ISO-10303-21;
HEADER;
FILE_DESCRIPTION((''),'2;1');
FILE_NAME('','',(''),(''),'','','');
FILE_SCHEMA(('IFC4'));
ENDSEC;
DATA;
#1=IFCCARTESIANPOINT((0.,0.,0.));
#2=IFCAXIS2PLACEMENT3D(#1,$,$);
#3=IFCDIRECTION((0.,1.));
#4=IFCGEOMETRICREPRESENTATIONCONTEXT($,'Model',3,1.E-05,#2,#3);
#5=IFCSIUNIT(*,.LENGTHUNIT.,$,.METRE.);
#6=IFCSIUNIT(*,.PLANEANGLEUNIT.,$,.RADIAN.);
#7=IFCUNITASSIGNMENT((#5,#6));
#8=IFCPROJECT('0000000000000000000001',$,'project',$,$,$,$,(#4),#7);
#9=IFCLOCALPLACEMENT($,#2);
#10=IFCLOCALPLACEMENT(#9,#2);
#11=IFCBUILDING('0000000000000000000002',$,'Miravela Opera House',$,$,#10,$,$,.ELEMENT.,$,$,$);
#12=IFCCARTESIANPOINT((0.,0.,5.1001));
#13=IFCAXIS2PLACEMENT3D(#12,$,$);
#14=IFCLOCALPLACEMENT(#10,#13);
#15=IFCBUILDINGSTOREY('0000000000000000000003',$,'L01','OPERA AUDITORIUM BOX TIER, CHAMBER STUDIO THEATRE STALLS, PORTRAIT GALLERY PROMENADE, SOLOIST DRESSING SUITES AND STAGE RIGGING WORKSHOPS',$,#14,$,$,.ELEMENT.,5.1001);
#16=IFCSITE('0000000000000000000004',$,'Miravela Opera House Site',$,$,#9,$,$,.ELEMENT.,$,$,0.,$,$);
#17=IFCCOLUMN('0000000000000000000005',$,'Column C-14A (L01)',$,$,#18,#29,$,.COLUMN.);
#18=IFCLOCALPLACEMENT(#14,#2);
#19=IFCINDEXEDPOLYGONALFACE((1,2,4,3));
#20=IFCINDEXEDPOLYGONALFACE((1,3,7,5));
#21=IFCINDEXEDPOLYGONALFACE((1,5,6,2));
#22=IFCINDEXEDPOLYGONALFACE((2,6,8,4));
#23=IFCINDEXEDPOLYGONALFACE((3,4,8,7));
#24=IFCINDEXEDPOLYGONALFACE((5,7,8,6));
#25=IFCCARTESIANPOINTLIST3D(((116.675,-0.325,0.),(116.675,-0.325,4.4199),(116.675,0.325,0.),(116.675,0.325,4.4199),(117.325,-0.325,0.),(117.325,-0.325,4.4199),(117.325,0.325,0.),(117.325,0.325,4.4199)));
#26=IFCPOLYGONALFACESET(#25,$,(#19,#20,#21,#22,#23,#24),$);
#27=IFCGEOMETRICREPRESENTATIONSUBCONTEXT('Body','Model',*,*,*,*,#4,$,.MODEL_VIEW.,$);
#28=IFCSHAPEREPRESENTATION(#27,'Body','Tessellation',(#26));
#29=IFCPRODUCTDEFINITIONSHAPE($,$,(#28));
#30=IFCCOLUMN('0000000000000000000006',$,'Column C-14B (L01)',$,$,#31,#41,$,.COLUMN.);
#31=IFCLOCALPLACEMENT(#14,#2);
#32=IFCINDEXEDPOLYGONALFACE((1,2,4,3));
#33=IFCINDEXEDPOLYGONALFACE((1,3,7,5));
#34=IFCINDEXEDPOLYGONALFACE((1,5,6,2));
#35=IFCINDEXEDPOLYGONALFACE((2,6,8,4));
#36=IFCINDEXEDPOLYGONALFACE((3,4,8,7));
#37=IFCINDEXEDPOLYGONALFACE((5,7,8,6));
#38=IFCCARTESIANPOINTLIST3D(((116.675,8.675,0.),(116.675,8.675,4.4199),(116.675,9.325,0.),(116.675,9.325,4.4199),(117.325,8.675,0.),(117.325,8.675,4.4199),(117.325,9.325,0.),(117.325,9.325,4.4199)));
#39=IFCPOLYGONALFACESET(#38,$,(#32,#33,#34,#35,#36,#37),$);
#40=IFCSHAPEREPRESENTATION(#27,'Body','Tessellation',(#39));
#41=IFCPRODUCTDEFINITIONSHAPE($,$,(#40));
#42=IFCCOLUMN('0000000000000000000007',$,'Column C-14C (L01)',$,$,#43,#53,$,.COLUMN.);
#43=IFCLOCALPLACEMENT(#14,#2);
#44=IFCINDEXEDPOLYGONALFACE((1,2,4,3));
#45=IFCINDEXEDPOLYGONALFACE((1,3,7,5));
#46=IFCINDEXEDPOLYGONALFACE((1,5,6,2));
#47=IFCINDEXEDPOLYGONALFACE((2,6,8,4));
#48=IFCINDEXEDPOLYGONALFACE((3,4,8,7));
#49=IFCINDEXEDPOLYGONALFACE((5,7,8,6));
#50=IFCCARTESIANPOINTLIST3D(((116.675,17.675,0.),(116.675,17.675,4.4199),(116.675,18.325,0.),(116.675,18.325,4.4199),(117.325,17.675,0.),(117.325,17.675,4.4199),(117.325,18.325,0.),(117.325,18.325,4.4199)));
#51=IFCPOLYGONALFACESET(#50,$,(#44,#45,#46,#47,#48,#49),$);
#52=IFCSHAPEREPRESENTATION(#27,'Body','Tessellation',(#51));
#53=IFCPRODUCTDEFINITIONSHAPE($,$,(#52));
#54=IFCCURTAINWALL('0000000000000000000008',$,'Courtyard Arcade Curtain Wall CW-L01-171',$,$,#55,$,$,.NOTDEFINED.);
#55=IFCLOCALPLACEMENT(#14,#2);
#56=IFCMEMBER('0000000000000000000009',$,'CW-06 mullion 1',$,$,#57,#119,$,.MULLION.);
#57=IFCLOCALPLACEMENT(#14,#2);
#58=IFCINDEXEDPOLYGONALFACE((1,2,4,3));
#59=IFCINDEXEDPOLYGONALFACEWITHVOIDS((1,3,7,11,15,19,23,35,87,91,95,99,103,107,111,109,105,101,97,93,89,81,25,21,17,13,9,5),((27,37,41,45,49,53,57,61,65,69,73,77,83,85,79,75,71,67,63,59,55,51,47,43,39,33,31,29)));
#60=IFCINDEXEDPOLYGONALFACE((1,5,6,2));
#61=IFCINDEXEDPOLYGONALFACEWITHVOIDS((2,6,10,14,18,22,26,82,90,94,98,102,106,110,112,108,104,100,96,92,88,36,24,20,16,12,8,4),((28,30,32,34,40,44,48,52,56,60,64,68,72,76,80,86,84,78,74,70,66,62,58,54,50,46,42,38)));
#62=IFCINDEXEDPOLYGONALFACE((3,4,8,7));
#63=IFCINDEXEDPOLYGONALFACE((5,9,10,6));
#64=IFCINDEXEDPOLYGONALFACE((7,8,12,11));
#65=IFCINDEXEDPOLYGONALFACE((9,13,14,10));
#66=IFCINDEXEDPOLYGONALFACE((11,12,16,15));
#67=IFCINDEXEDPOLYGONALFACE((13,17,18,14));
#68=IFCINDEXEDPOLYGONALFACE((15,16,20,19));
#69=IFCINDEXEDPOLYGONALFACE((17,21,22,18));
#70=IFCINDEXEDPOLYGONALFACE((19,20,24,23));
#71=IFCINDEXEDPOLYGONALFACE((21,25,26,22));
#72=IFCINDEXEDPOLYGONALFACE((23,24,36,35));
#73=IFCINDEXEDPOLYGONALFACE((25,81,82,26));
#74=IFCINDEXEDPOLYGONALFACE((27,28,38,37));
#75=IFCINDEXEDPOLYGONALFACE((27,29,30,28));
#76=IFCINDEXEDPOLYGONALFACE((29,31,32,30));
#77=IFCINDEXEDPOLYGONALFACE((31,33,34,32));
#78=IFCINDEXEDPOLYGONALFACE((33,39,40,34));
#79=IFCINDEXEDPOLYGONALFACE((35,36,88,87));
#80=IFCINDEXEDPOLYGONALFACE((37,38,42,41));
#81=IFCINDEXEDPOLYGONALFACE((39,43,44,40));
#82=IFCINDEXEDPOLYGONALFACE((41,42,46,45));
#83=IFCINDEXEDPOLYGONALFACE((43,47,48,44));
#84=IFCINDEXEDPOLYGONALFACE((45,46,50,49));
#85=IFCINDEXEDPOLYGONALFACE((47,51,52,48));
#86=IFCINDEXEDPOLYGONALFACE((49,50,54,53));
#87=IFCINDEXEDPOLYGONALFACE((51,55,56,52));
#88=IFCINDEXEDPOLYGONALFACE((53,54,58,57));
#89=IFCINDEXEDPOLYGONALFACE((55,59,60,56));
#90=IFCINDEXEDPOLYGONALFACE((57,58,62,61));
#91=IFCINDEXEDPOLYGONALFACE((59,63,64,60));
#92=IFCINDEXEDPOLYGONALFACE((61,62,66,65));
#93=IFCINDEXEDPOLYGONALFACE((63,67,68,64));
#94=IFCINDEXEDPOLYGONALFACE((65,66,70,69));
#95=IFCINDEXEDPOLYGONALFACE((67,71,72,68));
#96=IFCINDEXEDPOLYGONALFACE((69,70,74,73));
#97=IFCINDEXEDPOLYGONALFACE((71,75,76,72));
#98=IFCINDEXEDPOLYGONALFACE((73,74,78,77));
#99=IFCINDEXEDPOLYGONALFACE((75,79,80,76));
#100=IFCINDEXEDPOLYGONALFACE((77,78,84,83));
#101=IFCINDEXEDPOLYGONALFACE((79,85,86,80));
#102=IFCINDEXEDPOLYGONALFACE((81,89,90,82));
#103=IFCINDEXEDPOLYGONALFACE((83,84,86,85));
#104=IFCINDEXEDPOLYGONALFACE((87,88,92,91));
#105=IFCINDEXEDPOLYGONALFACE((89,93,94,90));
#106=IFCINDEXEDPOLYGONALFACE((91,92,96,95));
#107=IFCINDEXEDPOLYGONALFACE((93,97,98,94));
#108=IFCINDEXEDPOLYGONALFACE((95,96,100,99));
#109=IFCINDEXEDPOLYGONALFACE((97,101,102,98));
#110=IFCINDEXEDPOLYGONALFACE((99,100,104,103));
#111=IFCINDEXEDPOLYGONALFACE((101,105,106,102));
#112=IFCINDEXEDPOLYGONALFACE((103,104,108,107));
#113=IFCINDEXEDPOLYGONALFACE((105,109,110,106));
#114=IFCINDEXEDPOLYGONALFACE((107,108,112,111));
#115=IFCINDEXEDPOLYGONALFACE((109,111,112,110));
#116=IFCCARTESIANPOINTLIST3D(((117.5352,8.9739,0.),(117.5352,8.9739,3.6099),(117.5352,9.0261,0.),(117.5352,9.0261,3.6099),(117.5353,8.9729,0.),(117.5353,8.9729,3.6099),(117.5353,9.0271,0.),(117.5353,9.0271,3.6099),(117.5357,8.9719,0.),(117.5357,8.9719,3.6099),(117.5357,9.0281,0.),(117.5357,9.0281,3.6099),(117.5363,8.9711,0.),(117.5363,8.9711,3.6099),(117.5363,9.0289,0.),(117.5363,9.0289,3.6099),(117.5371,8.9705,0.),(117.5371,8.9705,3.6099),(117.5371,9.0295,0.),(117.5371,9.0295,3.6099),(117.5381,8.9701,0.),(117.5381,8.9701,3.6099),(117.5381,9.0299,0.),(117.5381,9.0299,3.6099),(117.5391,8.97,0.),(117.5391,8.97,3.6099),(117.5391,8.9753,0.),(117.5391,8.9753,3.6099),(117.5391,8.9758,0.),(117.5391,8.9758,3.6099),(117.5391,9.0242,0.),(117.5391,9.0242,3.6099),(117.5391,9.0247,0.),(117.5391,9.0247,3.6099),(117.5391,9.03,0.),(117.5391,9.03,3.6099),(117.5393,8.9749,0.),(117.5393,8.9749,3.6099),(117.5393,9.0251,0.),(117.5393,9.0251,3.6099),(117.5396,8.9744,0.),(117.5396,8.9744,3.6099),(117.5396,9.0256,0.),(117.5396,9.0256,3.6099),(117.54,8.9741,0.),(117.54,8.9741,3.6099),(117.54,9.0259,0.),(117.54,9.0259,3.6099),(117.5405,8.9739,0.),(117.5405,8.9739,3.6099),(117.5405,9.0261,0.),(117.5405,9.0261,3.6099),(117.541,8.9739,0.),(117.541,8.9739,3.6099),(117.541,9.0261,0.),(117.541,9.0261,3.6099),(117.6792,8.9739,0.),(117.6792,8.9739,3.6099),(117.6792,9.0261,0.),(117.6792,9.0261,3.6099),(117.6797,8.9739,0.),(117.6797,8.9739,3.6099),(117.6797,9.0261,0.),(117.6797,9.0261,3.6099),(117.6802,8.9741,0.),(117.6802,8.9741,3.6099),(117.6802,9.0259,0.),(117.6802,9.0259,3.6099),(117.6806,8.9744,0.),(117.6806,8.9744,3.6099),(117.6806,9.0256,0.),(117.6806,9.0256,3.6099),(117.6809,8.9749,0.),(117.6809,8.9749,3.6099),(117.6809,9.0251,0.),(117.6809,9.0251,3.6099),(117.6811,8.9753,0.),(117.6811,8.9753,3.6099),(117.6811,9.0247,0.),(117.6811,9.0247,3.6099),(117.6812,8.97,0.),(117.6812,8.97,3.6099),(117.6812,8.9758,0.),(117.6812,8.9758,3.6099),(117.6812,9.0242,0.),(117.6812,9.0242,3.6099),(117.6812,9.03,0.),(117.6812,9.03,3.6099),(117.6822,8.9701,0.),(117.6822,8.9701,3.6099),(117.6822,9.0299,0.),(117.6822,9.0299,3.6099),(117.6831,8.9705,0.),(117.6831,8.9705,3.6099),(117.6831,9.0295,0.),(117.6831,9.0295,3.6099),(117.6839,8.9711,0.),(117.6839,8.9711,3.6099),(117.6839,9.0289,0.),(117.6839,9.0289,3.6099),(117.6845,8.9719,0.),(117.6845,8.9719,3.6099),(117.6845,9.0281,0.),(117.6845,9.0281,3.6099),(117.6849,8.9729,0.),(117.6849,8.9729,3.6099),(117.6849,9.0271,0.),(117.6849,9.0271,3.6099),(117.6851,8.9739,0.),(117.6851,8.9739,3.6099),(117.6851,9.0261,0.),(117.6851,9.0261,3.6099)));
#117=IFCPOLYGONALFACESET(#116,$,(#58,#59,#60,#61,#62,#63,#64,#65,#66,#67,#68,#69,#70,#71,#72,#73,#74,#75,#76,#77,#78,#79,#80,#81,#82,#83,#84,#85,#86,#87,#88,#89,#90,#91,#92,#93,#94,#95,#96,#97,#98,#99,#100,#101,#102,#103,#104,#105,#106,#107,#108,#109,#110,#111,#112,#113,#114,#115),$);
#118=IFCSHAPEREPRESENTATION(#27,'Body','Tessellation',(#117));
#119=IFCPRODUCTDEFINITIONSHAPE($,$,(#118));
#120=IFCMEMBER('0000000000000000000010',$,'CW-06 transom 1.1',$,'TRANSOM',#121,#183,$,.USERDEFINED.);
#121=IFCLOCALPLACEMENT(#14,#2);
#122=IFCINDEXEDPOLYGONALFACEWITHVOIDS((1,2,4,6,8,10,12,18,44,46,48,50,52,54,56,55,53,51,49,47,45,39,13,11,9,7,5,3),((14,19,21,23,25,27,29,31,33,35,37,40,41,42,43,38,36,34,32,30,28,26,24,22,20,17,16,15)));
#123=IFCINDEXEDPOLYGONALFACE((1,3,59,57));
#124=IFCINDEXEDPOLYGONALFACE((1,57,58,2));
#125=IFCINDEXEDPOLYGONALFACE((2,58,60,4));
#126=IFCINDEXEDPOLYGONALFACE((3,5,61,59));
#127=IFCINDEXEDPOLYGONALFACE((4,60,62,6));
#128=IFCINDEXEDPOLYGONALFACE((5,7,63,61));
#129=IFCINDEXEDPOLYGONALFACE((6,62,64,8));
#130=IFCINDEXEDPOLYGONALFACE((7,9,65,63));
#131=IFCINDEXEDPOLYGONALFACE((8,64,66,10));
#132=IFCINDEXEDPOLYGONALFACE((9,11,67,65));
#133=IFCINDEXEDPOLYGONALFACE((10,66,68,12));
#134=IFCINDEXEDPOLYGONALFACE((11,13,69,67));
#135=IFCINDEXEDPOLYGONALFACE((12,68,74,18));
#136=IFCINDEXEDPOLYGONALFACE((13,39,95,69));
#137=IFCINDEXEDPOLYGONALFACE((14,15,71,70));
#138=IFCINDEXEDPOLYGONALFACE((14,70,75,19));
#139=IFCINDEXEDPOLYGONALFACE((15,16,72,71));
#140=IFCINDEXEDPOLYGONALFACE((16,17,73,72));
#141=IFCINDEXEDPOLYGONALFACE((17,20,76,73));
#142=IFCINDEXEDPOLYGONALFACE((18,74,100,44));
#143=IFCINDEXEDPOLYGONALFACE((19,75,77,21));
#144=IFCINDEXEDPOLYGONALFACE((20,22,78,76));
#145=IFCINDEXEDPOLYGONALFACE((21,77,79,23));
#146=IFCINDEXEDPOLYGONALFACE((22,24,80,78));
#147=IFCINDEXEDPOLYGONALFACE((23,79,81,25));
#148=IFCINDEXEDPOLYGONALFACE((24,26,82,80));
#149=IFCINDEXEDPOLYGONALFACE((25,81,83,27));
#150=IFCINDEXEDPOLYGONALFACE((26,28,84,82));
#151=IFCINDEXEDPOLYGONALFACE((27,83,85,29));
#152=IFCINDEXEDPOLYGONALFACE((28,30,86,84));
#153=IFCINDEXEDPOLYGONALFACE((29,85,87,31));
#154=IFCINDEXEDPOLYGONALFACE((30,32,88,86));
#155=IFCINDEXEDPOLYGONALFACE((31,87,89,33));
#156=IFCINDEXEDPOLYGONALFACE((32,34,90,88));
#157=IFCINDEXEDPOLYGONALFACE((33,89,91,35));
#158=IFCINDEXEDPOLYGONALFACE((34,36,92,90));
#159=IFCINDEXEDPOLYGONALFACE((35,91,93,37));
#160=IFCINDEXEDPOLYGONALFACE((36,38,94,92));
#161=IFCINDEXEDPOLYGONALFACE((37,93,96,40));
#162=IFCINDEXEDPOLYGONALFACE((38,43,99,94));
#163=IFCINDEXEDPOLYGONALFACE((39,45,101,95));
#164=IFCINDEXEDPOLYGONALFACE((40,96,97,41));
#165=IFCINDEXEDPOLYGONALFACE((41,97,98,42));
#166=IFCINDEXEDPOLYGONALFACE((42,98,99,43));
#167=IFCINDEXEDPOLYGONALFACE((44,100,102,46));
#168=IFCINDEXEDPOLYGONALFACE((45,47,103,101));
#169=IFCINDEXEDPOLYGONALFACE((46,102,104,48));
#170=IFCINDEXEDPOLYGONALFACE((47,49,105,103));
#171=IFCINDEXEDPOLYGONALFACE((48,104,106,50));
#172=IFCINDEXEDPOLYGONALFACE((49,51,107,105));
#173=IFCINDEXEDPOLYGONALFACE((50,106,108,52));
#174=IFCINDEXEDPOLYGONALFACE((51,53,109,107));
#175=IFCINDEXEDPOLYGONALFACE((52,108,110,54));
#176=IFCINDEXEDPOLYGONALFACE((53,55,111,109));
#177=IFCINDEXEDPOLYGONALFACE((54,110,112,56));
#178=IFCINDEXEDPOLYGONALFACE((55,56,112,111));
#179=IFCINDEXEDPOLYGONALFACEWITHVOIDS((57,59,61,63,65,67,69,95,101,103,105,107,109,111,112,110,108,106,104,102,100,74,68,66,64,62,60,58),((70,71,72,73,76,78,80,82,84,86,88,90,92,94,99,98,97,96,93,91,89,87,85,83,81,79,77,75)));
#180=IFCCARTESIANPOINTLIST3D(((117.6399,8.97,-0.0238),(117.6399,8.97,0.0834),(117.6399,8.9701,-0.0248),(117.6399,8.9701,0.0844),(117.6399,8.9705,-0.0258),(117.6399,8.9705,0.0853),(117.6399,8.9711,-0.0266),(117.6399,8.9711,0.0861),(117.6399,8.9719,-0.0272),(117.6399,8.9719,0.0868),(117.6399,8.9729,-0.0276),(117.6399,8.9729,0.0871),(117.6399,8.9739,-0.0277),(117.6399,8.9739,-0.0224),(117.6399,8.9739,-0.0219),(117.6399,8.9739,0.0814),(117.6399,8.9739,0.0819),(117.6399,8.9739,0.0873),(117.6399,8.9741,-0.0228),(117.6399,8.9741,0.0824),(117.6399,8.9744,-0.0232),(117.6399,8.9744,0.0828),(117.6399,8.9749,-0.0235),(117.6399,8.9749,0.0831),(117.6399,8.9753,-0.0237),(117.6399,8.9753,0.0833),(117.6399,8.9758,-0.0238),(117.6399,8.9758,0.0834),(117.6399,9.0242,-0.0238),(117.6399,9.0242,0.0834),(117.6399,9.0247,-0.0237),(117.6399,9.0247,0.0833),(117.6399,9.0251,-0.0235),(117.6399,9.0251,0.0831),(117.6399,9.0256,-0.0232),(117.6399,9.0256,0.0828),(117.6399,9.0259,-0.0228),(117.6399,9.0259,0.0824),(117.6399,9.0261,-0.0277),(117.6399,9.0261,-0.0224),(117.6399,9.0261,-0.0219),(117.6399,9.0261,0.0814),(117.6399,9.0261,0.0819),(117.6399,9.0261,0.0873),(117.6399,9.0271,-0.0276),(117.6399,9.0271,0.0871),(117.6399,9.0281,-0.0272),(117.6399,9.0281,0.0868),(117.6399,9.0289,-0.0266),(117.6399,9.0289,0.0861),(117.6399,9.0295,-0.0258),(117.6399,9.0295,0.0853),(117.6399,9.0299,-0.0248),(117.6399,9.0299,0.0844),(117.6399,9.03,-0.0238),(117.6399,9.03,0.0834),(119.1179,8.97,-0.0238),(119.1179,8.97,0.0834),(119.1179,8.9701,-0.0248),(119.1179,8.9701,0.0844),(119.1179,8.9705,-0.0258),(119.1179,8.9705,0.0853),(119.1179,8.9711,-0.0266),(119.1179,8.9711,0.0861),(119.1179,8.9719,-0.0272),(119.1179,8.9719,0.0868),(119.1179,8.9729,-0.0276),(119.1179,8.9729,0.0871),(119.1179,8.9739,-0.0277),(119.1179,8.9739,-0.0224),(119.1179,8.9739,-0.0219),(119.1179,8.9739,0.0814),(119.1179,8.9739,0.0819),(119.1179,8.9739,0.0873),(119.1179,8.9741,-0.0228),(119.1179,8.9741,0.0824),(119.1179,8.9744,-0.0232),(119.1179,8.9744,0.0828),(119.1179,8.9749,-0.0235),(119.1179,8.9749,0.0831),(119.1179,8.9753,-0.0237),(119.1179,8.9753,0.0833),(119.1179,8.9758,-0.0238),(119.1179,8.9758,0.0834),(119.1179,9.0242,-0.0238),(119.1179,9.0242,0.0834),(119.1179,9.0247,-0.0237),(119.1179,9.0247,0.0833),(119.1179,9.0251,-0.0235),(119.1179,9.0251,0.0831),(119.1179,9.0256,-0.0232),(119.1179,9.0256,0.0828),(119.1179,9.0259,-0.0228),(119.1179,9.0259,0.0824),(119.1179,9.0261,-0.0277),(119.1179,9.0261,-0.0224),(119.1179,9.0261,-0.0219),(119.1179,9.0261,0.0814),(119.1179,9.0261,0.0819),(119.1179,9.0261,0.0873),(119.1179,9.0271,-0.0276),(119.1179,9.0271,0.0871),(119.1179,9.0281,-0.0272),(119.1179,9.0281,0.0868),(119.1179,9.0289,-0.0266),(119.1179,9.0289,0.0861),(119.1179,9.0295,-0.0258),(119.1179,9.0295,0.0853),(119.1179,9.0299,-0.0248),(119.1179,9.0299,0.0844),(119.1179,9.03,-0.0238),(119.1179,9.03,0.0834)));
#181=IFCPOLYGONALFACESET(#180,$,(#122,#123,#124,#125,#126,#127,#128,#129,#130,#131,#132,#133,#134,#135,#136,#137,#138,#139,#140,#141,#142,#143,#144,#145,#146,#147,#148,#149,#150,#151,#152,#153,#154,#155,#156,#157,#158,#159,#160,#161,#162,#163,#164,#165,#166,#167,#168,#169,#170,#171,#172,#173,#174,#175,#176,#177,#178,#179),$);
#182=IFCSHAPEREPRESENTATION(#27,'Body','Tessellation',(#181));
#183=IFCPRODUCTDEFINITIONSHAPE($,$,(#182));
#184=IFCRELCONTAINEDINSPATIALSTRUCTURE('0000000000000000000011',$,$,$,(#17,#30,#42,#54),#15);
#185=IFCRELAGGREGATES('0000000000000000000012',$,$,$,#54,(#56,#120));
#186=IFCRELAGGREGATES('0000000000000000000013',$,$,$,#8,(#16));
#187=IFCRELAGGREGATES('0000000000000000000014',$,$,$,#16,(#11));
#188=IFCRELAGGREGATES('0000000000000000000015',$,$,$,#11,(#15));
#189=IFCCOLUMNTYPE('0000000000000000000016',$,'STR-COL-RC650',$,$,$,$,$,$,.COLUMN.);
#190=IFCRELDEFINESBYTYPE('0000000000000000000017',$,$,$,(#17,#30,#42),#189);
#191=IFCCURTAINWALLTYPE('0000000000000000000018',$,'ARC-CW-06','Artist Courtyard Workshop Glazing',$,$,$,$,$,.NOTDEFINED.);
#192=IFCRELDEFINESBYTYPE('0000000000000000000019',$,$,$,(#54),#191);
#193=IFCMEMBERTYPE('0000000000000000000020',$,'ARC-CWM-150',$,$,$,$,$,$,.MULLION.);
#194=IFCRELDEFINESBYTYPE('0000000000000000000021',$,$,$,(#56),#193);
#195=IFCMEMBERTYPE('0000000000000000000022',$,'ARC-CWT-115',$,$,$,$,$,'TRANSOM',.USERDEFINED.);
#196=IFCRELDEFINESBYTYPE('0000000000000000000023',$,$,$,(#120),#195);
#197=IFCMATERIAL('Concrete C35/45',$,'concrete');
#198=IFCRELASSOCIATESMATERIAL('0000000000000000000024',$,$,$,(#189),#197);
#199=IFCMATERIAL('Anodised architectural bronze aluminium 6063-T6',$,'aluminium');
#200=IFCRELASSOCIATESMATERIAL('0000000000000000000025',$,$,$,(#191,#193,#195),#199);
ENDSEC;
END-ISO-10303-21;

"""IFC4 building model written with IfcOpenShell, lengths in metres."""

from ifc_helpers import new_model, si_unit, direction, frame, origin, origin_2d, place, context, subcontext, project, spatial, rectangle, hollow_rectangle, extrude, material, material_profile, profile_set, type_object, element, aggregate, save


model = new_model("IFC4")

# Units and contexts
model_context = context("Model", 3, precision=1e-05, world=origin(), true_north=direction((0.0, 1.0)))
body_context = subcontext(model_context, "Body", "Model", "MODEL_VIEW")
ifc_project = project(units=[si_unit("LENGTHUNIT", "METRE"), si_unit("PLANEANGLEUNIT", "RADIAN")], contexts=[model_context])

# Site, building, storey
site_placement = place(None, origin())
site = spatial("IfcSite", under=ifc_project, at=site_placement, Name="Miravela Opera House Site", CompositionType="ELEMENT", RefElevation=0.0)
building_placement = place(site_placement, origin())
building = spatial("IfcBuilding", under=site, at=building_placement, Name="Miravela Opera House", CompositionType="ELEMENT")
storey_placement = place(building_placement, frame((0.0, 0.0, 5.1001)))
storey = spatial("IfcBuildingStorey", under=building, at=storey_placement, Name="L01", Description="OPERA AUDITORIUM BOX TIER, CHAMBER STUDIO THEATRE STALLS, PORTRAIT GALLERY PROMENADE, SOLOIST DRESSING SUITES AND STAGE RIGGING WORKSHOPS", CompositionType="ELEMENT", Elevation=5.1001)

# Columns
ifc_material_1 = material(Name="Concrete C35/45", Category="concrete")
ifc_material_profile_1 = material_profile(ifc_material_1, rectangle(XDim=0.6499, YDim=0.6499, at=origin_2d()), Name="RC-COL-650X650")
ifc_profile_set_1 = profile_set([ifc_material_profile_1])
column_type = type_object("IfcColumnType", Name="STR-COL-RC650", PredefinedType="COLUMN", material=ifc_profile_set_1)
for number, where, z_axis, x_axis, name in (
    (1, (117.0, 0.0, 0.0), (0.0, 0.0, 1.0), (1.0, 0.0, 0.0), "Column C-14A (L01)"),
    (2, (117.0, 9.0, 0.0), (0.0, 0.0, 1.0), (1.0, 0.0, 0.0), "Column C-14B (L01)"),
    (3, (117.0, 18.0, 0.0), (0.0, 0.0, 1.0), (1.0, 0.0, 0.0), "Column C-14C (L01)"),
):
    element("IfcColumn", number, at=place(storey_placement, frame(where, z_axis=z_axis, x_axis=x_axis)), inside=storey, type_object=column_type, Name=name, PredefinedType="COLUMN", context=body_context, shape_type="SweptSolid", body=[
        extrude(rectangle(XDim=0.6499, YDim=0.6499, at=origin_2d()), origin(), (0.0, 0.0, 1.0), 4.4199),
    ])

# Curtain wall, members
ifc_material_2 = material(Name="Anodised architectural bronze aluminium 6063-T6", Category="aluminium")
curtain_wall_type = type_object("IfcCurtainWallType", Name="ARC-CW-06", Description="Artist Courtyard Workshop Glazing", PredefinedType="NOTDEFINED", material=ifc_material_2)
curtain_wall_placement = place(storey_placement, origin())
curtain_wall = element("IfcCurtainWall", 4, at=curtain_wall_placement, inside=storey, type_object=curtain_wall_type, Name="Courtyard Arcade Curtain Wall CW-L01-171", PredefinedType="NOTDEFINED")
ifc_material_profile_2 = material_profile(ifc_material_2, hollow_rectangle(XDim=0.0601, YDim=0.1499, WallThickness=0.0039, InnerFilletRadius=0.002, OuterFilletRadius=0.0039, at=origin_2d()), Name="CWM-60X150")
ifc_profile_set_2 = profile_set([ifc_material_profile_2])
member_type_1 = type_object("IfcMemberType", Name="ARC-CWM-150", PredefinedType="MULLION", material=ifc_profile_set_2)
member_1_placement = place(storey_placement, frame((117.6101, 9.0, 0.0), z_axis=(0.0, 0.0, 1.0), x_axis=(0.0, 1.0, 0.0)))
member_1 = element("IfcMember", 5, at=member_1_placement, type_object=member_type_1, Name="CW-06 mullion 1", PredefinedType="MULLION", context=body_context, shape_type="SweptSolid", body=[
    extrude(hollow_rectangle(XDim=0.0601, YDim=0.1499, WallThickness=0.0039, InnerFilletRadius=0.002, OuterFilletRadius=0.0039, at=origin_2d()), origin(), (0.0, 0.0, 1.0), 3.6099),
])
ifc_material_profile_3 = material_profile(ifc_material_2, hollow_rectangle(XDim=0.0601, YDim=0.115, WallThickness=0.0039, InnerFilletRadius=0.002, OuterFilletRadius=0.0039, at=origin_2d()), Name="CWT-60X115")
ifc_profile_set_3 = profile_set([ifc_material_profile_3])
member_type_2 = type_object("IfcMemberType", Name="ARC-CWT-115", ElementType="TRANSOM", PredefinedType="USERDEFINED", material=ifc_profile_set_3)
member_2_placement = place(storey_placement, frame((117.6399, 9.0, 0.0298), z_axis=(1.0, 0.0, 0.0), x_axis=(0.0, 1.0, 0.0)))
member_2 = element("IfcMember", 6, at=member_2_placement, type_object=member_type_2, Name="CW-06 transom 1.1", ObjectType="TRANSOM", PredefinedType="USERDEFINED", context=body_context, shape_type="SweptSolid", body=[
    extrude(hollow_rectangle(XDim=0.0601, YDim=0.115, WallThickness=0.0039, InnerFilletRadius=0.002, OuterFilletRadius=0.0039, at=origin_2d()), origin(), (0.0, 0.0, 1.0), 1.478),
])

aggregate(curtain_wall, [member_1, member_2])

save(model, "model.ifc")
